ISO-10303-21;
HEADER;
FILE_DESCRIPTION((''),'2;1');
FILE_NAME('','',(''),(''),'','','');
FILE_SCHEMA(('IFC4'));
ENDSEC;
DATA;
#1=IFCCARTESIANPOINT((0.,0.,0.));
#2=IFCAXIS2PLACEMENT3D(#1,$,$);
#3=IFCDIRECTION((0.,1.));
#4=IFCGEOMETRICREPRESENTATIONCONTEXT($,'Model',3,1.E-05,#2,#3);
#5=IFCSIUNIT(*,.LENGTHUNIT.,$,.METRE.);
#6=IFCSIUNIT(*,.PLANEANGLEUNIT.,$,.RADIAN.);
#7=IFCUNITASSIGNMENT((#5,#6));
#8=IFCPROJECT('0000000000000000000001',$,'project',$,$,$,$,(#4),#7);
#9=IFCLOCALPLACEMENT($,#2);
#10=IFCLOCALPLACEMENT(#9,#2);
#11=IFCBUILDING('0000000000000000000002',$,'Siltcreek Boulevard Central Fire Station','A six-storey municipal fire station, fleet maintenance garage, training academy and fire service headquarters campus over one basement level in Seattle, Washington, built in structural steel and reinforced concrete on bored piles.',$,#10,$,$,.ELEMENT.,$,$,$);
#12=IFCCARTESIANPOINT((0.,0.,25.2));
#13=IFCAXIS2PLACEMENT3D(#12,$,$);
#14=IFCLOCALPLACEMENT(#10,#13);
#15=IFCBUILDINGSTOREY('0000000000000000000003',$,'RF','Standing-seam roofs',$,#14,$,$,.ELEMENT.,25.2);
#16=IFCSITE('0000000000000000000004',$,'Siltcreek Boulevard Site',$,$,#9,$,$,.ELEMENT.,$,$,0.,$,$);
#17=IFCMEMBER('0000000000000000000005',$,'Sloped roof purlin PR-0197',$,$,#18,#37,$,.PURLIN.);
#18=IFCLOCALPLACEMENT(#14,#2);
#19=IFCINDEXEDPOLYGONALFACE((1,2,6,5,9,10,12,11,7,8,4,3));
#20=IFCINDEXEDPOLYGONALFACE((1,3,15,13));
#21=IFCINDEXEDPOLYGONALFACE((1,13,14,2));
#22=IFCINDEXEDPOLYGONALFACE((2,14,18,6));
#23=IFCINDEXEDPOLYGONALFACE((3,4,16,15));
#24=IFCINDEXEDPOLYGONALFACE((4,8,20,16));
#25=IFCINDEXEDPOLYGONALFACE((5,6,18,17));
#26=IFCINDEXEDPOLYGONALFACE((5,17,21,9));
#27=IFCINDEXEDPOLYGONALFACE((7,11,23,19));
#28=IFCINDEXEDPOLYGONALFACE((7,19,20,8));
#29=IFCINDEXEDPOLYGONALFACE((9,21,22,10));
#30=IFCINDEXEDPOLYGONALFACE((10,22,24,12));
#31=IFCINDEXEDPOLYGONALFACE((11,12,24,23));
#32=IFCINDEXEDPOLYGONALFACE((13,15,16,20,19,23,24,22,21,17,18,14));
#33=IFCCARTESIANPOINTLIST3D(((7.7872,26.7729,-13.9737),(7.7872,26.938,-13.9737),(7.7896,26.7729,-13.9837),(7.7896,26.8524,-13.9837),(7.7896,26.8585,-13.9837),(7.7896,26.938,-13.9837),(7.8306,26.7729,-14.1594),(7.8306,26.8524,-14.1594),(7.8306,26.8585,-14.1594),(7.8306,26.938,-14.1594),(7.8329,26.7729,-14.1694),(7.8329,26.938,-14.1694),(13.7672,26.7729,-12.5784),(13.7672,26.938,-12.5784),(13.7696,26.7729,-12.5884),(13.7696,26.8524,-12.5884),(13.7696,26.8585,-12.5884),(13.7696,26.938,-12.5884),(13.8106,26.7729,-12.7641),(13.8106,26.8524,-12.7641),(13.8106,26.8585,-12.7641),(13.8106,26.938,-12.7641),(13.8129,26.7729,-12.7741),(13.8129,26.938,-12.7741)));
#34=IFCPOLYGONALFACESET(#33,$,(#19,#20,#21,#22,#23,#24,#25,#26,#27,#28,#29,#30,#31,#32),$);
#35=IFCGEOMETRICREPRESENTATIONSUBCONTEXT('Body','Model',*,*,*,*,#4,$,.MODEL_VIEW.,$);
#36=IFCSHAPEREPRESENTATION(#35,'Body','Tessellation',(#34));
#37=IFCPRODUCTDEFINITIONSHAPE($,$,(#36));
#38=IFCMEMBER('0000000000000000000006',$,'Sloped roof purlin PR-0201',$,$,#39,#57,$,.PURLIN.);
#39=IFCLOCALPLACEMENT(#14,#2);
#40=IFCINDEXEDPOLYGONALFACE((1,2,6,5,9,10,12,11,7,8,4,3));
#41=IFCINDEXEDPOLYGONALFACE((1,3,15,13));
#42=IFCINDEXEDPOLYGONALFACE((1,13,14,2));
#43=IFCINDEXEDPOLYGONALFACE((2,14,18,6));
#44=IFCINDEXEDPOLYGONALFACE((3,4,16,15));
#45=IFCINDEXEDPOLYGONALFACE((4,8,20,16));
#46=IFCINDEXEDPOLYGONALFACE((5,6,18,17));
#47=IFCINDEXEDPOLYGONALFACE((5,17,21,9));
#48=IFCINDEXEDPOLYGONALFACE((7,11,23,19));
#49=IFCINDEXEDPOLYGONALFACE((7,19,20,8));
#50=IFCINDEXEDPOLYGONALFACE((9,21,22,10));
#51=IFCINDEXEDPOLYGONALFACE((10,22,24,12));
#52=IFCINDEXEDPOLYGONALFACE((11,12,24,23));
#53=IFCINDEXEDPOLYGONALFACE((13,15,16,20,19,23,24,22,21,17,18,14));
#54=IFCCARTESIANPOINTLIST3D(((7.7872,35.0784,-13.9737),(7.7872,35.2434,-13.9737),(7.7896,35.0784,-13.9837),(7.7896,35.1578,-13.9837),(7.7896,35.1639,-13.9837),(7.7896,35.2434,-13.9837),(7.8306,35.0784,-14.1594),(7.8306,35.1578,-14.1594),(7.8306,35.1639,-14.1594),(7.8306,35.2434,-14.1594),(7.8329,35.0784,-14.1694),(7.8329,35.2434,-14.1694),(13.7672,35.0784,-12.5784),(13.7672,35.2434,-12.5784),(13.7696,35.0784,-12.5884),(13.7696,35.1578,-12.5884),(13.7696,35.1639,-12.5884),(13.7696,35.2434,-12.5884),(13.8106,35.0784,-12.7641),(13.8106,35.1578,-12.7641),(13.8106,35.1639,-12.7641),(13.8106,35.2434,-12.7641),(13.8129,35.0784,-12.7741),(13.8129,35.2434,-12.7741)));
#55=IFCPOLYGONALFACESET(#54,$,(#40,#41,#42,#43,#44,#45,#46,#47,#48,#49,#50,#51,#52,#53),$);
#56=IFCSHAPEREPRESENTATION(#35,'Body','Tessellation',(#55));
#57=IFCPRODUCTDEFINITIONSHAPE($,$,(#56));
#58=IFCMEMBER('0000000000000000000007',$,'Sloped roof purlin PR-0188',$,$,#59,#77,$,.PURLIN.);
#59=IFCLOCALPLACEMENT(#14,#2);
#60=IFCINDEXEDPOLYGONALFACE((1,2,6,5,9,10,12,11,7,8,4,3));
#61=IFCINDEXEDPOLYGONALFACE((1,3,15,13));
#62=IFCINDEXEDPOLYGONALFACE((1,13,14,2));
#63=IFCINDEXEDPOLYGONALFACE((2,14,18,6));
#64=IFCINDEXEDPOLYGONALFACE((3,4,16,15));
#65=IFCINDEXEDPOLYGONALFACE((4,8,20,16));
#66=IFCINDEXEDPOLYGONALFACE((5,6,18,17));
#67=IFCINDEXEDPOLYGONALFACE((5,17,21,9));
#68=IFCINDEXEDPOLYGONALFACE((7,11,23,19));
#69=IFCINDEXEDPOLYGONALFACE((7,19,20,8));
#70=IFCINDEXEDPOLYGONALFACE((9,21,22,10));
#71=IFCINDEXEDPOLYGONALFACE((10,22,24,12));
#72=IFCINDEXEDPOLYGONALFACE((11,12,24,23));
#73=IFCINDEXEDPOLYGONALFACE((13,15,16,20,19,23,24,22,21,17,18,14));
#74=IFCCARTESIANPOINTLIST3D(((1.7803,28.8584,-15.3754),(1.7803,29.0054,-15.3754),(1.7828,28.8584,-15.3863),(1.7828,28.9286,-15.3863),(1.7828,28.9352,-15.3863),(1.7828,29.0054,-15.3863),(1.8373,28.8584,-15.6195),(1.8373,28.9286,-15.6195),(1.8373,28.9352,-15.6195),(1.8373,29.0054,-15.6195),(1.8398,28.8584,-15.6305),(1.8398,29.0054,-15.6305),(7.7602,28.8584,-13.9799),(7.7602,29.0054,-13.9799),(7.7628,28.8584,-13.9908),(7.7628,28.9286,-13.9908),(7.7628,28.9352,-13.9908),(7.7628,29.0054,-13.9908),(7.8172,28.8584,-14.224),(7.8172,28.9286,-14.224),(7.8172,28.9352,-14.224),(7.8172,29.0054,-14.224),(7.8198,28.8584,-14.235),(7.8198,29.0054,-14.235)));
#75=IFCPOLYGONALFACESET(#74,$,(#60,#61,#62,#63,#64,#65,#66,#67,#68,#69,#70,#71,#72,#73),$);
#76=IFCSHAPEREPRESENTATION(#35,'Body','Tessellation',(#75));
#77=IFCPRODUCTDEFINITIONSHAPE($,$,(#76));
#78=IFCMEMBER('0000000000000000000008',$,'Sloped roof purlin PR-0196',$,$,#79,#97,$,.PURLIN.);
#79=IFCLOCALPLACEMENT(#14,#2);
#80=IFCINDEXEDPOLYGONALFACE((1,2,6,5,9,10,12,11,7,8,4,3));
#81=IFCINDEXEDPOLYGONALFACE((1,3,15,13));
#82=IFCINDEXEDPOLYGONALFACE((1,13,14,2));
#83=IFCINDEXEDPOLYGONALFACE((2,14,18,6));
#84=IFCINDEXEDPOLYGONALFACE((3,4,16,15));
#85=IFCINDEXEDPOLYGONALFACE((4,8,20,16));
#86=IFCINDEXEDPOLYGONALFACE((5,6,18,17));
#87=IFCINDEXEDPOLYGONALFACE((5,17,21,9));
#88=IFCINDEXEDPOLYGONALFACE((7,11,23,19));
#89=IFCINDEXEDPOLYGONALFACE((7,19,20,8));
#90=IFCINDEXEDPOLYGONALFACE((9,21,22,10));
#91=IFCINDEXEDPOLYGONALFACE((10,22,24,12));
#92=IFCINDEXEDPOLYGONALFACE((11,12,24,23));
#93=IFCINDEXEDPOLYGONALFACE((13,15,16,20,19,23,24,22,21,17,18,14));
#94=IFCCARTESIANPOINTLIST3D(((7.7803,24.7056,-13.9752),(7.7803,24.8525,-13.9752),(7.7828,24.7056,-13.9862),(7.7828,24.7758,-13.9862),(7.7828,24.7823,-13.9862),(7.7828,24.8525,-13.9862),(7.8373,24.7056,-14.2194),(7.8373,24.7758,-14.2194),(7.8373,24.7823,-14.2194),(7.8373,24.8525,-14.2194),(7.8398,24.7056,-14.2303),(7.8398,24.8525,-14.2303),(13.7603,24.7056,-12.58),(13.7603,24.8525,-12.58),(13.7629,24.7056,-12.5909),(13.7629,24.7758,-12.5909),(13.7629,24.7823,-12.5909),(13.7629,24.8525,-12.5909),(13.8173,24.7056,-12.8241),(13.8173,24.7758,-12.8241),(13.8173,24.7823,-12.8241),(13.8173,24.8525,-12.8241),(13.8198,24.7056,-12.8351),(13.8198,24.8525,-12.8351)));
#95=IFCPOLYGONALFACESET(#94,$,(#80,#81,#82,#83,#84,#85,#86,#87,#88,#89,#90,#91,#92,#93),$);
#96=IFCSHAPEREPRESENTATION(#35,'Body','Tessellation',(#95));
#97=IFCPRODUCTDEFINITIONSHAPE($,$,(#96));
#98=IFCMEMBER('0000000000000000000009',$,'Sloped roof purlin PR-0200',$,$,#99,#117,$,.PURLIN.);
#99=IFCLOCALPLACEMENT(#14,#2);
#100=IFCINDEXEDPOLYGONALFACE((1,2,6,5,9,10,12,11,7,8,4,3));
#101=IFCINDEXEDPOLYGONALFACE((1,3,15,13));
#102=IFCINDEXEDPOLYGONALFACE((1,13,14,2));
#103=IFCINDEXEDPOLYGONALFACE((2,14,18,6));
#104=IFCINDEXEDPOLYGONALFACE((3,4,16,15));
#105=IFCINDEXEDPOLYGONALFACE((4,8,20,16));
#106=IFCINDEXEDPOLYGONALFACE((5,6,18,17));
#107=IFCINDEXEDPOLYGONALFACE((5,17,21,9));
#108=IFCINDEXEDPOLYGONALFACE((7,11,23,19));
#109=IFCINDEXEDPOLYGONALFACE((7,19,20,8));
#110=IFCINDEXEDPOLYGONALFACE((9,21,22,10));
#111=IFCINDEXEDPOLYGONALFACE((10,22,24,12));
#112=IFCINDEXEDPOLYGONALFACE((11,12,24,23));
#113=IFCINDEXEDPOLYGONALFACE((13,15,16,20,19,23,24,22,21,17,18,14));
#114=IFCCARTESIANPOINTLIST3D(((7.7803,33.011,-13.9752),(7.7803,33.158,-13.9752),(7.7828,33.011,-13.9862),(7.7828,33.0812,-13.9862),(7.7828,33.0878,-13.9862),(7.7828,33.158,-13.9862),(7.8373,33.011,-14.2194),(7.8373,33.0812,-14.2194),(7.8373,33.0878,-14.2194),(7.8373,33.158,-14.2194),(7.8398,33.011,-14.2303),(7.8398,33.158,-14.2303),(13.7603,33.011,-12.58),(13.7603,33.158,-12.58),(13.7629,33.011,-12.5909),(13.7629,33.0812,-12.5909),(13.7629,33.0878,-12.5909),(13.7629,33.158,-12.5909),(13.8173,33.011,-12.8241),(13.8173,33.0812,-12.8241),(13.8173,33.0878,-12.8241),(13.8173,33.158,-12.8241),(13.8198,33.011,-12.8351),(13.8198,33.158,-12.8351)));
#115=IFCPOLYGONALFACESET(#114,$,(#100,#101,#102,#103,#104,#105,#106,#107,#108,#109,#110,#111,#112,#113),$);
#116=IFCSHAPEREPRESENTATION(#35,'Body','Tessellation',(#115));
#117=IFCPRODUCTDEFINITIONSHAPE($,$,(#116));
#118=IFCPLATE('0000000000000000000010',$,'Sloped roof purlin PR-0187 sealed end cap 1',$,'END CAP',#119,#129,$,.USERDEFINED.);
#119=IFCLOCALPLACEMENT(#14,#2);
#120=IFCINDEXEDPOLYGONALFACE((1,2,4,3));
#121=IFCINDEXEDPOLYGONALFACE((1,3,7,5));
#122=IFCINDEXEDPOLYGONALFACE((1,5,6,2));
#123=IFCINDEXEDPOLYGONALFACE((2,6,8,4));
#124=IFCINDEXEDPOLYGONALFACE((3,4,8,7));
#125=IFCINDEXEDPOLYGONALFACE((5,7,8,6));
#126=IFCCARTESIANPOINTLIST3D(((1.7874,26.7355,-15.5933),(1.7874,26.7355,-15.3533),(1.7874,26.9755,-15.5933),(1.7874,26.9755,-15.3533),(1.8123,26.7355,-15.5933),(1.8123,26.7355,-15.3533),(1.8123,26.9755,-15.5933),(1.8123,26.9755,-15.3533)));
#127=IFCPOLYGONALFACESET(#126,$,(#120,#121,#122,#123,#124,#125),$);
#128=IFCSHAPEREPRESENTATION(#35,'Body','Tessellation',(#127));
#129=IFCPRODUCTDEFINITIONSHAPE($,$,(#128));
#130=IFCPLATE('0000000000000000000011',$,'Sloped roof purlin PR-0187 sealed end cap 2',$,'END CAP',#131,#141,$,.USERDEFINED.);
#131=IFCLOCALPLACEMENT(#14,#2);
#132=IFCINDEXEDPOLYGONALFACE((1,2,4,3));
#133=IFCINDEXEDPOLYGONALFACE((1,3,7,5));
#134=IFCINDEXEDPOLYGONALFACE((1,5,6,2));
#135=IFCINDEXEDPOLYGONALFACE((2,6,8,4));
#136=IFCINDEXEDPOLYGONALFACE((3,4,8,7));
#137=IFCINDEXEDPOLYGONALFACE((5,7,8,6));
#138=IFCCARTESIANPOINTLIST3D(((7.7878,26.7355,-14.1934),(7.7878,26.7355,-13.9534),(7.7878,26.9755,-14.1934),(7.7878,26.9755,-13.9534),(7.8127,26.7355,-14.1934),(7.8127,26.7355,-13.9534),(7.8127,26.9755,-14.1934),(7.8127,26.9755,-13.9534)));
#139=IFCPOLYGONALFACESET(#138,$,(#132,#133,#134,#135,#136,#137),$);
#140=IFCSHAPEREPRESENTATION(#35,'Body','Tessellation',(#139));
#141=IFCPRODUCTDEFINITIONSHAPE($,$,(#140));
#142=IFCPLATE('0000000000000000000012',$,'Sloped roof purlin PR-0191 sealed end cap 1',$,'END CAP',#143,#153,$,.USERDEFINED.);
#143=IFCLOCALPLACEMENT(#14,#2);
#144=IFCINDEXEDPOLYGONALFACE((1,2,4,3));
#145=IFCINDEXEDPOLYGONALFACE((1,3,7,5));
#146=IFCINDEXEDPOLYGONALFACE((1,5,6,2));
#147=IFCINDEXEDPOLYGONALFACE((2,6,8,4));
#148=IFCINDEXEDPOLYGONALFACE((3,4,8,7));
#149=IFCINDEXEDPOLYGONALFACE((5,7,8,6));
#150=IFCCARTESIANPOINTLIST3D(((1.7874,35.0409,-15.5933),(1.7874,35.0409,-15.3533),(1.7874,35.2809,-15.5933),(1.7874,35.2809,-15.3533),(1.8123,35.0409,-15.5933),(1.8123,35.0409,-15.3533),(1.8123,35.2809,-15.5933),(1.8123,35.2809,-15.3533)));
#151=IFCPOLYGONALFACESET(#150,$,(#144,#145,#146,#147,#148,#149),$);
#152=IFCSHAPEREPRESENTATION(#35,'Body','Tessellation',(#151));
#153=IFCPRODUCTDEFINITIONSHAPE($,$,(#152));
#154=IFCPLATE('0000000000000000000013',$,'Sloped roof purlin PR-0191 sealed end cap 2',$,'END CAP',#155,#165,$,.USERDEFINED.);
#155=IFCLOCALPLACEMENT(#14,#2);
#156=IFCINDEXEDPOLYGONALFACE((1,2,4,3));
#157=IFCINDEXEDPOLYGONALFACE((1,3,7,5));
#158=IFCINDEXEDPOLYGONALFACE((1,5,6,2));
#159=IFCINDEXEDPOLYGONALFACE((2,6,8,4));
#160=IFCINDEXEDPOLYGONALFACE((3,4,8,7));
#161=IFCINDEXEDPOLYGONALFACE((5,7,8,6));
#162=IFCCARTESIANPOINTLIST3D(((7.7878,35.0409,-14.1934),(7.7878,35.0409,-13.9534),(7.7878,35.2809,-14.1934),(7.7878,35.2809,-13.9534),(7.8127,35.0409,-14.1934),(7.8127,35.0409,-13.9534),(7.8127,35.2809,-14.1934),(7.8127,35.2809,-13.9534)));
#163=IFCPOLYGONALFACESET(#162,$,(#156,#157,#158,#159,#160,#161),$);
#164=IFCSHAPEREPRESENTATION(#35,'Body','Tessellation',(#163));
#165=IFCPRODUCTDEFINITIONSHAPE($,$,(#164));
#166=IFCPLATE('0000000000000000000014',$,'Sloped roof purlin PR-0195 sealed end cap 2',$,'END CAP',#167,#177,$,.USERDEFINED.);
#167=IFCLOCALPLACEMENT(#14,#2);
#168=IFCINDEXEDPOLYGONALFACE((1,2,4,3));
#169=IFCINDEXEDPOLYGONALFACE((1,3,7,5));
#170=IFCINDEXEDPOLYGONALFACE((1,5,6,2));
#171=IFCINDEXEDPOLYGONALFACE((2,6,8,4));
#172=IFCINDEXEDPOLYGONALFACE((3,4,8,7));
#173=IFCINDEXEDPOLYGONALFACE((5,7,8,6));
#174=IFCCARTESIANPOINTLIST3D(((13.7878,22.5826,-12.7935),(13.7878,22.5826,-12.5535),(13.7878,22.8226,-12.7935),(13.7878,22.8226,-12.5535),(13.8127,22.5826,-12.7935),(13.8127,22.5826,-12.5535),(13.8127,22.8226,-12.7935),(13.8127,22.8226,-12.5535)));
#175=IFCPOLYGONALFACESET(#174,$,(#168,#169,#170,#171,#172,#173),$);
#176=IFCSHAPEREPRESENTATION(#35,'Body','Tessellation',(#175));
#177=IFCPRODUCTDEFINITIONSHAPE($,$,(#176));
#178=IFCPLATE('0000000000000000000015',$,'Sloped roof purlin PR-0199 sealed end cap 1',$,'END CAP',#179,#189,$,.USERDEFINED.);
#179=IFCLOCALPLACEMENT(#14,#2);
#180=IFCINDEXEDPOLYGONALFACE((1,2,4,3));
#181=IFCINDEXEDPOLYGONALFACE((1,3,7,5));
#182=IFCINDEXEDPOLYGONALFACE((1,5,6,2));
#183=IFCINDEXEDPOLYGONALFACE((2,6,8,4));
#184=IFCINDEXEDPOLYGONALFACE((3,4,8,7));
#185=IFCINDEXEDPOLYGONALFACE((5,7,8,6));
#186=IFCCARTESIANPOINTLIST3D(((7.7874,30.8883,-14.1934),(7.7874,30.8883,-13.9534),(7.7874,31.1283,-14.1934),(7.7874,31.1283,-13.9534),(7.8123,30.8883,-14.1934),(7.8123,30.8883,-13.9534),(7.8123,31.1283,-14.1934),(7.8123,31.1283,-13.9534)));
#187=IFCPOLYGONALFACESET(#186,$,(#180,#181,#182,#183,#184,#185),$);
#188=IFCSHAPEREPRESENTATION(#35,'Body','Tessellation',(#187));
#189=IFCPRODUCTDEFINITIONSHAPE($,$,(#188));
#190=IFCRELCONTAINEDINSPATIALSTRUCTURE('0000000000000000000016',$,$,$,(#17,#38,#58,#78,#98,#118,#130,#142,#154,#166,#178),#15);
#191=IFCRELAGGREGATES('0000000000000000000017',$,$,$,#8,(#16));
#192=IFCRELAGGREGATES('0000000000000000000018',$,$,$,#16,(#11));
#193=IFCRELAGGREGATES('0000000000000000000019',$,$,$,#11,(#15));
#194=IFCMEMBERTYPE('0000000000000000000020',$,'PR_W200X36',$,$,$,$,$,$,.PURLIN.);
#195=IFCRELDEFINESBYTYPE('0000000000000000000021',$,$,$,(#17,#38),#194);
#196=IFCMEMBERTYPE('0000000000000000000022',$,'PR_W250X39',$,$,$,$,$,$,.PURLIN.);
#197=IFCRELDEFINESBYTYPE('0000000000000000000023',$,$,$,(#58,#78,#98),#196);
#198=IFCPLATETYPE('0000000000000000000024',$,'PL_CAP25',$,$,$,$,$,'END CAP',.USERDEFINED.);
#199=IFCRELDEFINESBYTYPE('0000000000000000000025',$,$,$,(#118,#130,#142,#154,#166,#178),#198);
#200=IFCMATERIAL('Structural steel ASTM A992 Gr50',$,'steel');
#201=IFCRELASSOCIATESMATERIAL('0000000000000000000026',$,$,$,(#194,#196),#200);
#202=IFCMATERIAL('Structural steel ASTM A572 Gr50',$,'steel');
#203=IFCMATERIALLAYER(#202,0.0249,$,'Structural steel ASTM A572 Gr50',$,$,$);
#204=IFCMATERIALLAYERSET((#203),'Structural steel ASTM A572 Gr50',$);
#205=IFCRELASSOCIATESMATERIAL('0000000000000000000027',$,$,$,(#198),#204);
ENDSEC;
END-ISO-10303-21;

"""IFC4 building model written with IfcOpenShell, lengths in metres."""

from ifc_helpers import new_model, si_unit, direction, frame, origin, origin_2d, place, context, subcontext, project, spatial, rectangle, i_section, extrude, material, layer, layer_set, material_profile, profile_set, type_object, element, save


model = new_model("IFC4")

# Units and contexts
model_context = context("Model", 3, precision=1e-05, world=origin(), true_north=direction((0.0, 1.0)))
body_context = subcontext(model_context, "Body", "Model", "MODEL_VIEW")
ifc_project = project(units=[si_unit("LENGTHUNIT", "METRE"), si_unit("PLANEANGLEUNIT", "RADIAN")], contexts=[model_context])

# Site, building, storey
site_placement = place(None, origin())
site = spatial("IfcSite", under=ifc_project, at=site_placement, Name="Siltcreek Boulevard Site", CompositionType="ELEMENT", RefElevation=0.0)
building_placement = place(site_placement, origin())
building = spatial("IfcBuilding", under=site, at=building_placement, Name="Siltcreek Boulevard Central Fire Station", Description="A six-storey municipal fire station, fleet maintenance garage, training academy and fire service headquarters campus over one basement level in Seattle, Washington, built in structural steel and reinforced concrete on bored piles.", CompositionType="ELEMENT")
storey_placement = place(building_placement, frame((0.0, 0.0, 25.2)))
storey = spatial("IfcBuildingStorey", under=building, at=storey_placement, Name="RF", Description="Standing-seam roofs", CompositionType="ELEMENT", Elevation=25.2)

# Members
ifc_material_1 = material(Name="Structural steel ASTM A992 Gr50", Category="steel")
ifc_material_profile_1 = material_profile(ifc_material_1, i_section(OverallWidth=0.165, OverallDepth=0.2009, WebThickness=0.0061, FlangeThickness=0.0103, at=origin_2d()), Name="W200X36")
ifc_profile_set_1 = profile_set([ifc_material_profile_1], Name="Structural steel ASTM A992 Gr50")
member_type_1 = type_object("IfcMemberType", Name="PR_W200X36", PredefinedType="PURLIN", material=ifc_profile_set_1)
for number, where, z_axis, x_axis, name in (
    (1, (7.8101, 26.8555, -14.0715), (0.973844, 0.0, 0.22722), (0.0, 1.0, 0.0), "Sloped roof purlin PR-0197"),
    (2, (7.8101, 35.1609, -14.0715), (0.973844, 0.0, 0.22722), (0.0, 1.0, 0.0), "Sloped roof purlin PR-0201"),
):
    element("IfcMember", number, at=place(storey_placement, frame(where, z_axis=z_axis, x_axis=x_axis)), inside=storey, type_object=member_type_1, Name=name, PredefinedType="PURLIN", context=body_context, shape_type="SweptSolid", body=[
        extrude(i_section(OverallWidth=0.165, OverallDepth=0.2009, WebThickness=0.0061, FlangeThickness=0.0103, at=origin_2d()), origin(), (0.0, 0.0, 1.0), 6.1406),
    ])
ifc_material_profile_2 = material_profile(ifc_material_1, i_section(OverallWidth=0.147, OverallDepth=0.262, WebThickness=0.0066, FlangeThickness=0.0112, at=origin_2d()), Name="W250X39")
ifc_profile_set_2 = profile_set([ifc_material_profile_2], Name="Structural steel ASTM A992 Gr50")
member_type_2 = type_object("IfcMemberType", Name="PR_W250X39", PredefinedType="PURLIN", material=ifc_profile_set_2)
for number, where, z_axis, x_axis, name in (
    (3, (1.8101, 28.9319, -15.5029), (0.973835, 0.0, 0.227257), (0.0, 1.0, 0.0), "Sloped roof purlin PR-0188"),
    (4, (7.8101, 24.7791, -14.1028), (0.973844, 0.0, 0.22722), (0.0, 1.0, 0.0), "Sloped roof purlin PR-0196"),
    (5, (7.8101, 33.0845, -14.1028), (0.973844, 0.0, 0.22722), (0.0, 1.0, 0.0), "Sloped roof purlin PR-0200"),
):
    element("IfcMember", number, at=place(storey_placement, frame(where, z_axis=z_axis, x_axis=x_axis)), inside=storey, type_object=member_type_2, Name=name, PredefinedType="PURLIN", context=body_context, shape_type="SweptSolid", body=[
        extrude(i_section(OverallWidth=0.147, OverallDepth=0.262, WebThickness=0.0066, FlangeThickness=0.0112, at=origin_2d()), origin(), (0.0, 0.0, 1.0), 6.1406),
    ])

# Plates
ifc_material_2 = material(Name="Structural steel ASTM A572 Gr50", Category="steel")
ifc_layer = layer(ifc_material_2, 0.0249, Name="Structural steel ASTM A572 Gr50")
ifc_layer_set = layer_set([ifc_layer], Name="Structural steel ASTM A572 Gr50")
plate_type = type_object("IfcPlateType", Name="PL_CAP25", ElementType="END CAP", PredefinedType="USERDEFINED", material=ifc_layer_set)
for number, where, z_axis, x_axis, name in (
    (6, (1.7998, 26.8555, -15.5933), (0.0, 0.0, 1.0), (1.0, 0.0, 0.0), "Sloped roof purlin PR-0187 sealed end cap 1"),
    (7, (7.8003, 26.8555, -14.1934), (0.0, 0.0, 1.0), (1.0, 0.0, 0.0), "Sloped roof purlin PR-0187 sealed end cap 2"),
    (8, (1.7998, 35.1609, -15.5933), (0.0, 0.0, 1.0), (1.0, 0.0, 0.0), "Sloped roof purlin PR-0191 sealed end cap 1"),
    (9, (7.8003, 35.1609, -14.1934), (0.0, 0.0, 1.0), (1.0, 0.0, 0.0), "Sloped roof purlin PR-0191 sealed end cap 2"),
    (10, (13.8003, 22.7026, -12.7935), (0.0, 0.0, 1.0), (1.0, 0.0, 0.0), "Sloped roof purlin PR-0195 sealed end cap 2"),
    (11, (7.7998, 31.0083, -14.1934), (0.0, 0.0, 1.0), (1.0, 0.0, 0.0), "Sloped roof purlin PR-0199 sealed end cap 1"),
):
    element("IfcPlate", number, at=place(storey_placement, frame(where, z_axis=z_axis, x_axis=x_axis)), inside=storey, type_object=plate_type, Name=name, ObjectType="END CAP", PredefinedType="USERDEFINED", context=body_context, shape_type="SweptSolid", body=[
        extrude(rectangle(XDim=0.0249, YDim=0.24, at=origin_2d()), origin(), (0.0, 0.0, 1.0), 0.24),
    ])

save(model, "model.ifc")
